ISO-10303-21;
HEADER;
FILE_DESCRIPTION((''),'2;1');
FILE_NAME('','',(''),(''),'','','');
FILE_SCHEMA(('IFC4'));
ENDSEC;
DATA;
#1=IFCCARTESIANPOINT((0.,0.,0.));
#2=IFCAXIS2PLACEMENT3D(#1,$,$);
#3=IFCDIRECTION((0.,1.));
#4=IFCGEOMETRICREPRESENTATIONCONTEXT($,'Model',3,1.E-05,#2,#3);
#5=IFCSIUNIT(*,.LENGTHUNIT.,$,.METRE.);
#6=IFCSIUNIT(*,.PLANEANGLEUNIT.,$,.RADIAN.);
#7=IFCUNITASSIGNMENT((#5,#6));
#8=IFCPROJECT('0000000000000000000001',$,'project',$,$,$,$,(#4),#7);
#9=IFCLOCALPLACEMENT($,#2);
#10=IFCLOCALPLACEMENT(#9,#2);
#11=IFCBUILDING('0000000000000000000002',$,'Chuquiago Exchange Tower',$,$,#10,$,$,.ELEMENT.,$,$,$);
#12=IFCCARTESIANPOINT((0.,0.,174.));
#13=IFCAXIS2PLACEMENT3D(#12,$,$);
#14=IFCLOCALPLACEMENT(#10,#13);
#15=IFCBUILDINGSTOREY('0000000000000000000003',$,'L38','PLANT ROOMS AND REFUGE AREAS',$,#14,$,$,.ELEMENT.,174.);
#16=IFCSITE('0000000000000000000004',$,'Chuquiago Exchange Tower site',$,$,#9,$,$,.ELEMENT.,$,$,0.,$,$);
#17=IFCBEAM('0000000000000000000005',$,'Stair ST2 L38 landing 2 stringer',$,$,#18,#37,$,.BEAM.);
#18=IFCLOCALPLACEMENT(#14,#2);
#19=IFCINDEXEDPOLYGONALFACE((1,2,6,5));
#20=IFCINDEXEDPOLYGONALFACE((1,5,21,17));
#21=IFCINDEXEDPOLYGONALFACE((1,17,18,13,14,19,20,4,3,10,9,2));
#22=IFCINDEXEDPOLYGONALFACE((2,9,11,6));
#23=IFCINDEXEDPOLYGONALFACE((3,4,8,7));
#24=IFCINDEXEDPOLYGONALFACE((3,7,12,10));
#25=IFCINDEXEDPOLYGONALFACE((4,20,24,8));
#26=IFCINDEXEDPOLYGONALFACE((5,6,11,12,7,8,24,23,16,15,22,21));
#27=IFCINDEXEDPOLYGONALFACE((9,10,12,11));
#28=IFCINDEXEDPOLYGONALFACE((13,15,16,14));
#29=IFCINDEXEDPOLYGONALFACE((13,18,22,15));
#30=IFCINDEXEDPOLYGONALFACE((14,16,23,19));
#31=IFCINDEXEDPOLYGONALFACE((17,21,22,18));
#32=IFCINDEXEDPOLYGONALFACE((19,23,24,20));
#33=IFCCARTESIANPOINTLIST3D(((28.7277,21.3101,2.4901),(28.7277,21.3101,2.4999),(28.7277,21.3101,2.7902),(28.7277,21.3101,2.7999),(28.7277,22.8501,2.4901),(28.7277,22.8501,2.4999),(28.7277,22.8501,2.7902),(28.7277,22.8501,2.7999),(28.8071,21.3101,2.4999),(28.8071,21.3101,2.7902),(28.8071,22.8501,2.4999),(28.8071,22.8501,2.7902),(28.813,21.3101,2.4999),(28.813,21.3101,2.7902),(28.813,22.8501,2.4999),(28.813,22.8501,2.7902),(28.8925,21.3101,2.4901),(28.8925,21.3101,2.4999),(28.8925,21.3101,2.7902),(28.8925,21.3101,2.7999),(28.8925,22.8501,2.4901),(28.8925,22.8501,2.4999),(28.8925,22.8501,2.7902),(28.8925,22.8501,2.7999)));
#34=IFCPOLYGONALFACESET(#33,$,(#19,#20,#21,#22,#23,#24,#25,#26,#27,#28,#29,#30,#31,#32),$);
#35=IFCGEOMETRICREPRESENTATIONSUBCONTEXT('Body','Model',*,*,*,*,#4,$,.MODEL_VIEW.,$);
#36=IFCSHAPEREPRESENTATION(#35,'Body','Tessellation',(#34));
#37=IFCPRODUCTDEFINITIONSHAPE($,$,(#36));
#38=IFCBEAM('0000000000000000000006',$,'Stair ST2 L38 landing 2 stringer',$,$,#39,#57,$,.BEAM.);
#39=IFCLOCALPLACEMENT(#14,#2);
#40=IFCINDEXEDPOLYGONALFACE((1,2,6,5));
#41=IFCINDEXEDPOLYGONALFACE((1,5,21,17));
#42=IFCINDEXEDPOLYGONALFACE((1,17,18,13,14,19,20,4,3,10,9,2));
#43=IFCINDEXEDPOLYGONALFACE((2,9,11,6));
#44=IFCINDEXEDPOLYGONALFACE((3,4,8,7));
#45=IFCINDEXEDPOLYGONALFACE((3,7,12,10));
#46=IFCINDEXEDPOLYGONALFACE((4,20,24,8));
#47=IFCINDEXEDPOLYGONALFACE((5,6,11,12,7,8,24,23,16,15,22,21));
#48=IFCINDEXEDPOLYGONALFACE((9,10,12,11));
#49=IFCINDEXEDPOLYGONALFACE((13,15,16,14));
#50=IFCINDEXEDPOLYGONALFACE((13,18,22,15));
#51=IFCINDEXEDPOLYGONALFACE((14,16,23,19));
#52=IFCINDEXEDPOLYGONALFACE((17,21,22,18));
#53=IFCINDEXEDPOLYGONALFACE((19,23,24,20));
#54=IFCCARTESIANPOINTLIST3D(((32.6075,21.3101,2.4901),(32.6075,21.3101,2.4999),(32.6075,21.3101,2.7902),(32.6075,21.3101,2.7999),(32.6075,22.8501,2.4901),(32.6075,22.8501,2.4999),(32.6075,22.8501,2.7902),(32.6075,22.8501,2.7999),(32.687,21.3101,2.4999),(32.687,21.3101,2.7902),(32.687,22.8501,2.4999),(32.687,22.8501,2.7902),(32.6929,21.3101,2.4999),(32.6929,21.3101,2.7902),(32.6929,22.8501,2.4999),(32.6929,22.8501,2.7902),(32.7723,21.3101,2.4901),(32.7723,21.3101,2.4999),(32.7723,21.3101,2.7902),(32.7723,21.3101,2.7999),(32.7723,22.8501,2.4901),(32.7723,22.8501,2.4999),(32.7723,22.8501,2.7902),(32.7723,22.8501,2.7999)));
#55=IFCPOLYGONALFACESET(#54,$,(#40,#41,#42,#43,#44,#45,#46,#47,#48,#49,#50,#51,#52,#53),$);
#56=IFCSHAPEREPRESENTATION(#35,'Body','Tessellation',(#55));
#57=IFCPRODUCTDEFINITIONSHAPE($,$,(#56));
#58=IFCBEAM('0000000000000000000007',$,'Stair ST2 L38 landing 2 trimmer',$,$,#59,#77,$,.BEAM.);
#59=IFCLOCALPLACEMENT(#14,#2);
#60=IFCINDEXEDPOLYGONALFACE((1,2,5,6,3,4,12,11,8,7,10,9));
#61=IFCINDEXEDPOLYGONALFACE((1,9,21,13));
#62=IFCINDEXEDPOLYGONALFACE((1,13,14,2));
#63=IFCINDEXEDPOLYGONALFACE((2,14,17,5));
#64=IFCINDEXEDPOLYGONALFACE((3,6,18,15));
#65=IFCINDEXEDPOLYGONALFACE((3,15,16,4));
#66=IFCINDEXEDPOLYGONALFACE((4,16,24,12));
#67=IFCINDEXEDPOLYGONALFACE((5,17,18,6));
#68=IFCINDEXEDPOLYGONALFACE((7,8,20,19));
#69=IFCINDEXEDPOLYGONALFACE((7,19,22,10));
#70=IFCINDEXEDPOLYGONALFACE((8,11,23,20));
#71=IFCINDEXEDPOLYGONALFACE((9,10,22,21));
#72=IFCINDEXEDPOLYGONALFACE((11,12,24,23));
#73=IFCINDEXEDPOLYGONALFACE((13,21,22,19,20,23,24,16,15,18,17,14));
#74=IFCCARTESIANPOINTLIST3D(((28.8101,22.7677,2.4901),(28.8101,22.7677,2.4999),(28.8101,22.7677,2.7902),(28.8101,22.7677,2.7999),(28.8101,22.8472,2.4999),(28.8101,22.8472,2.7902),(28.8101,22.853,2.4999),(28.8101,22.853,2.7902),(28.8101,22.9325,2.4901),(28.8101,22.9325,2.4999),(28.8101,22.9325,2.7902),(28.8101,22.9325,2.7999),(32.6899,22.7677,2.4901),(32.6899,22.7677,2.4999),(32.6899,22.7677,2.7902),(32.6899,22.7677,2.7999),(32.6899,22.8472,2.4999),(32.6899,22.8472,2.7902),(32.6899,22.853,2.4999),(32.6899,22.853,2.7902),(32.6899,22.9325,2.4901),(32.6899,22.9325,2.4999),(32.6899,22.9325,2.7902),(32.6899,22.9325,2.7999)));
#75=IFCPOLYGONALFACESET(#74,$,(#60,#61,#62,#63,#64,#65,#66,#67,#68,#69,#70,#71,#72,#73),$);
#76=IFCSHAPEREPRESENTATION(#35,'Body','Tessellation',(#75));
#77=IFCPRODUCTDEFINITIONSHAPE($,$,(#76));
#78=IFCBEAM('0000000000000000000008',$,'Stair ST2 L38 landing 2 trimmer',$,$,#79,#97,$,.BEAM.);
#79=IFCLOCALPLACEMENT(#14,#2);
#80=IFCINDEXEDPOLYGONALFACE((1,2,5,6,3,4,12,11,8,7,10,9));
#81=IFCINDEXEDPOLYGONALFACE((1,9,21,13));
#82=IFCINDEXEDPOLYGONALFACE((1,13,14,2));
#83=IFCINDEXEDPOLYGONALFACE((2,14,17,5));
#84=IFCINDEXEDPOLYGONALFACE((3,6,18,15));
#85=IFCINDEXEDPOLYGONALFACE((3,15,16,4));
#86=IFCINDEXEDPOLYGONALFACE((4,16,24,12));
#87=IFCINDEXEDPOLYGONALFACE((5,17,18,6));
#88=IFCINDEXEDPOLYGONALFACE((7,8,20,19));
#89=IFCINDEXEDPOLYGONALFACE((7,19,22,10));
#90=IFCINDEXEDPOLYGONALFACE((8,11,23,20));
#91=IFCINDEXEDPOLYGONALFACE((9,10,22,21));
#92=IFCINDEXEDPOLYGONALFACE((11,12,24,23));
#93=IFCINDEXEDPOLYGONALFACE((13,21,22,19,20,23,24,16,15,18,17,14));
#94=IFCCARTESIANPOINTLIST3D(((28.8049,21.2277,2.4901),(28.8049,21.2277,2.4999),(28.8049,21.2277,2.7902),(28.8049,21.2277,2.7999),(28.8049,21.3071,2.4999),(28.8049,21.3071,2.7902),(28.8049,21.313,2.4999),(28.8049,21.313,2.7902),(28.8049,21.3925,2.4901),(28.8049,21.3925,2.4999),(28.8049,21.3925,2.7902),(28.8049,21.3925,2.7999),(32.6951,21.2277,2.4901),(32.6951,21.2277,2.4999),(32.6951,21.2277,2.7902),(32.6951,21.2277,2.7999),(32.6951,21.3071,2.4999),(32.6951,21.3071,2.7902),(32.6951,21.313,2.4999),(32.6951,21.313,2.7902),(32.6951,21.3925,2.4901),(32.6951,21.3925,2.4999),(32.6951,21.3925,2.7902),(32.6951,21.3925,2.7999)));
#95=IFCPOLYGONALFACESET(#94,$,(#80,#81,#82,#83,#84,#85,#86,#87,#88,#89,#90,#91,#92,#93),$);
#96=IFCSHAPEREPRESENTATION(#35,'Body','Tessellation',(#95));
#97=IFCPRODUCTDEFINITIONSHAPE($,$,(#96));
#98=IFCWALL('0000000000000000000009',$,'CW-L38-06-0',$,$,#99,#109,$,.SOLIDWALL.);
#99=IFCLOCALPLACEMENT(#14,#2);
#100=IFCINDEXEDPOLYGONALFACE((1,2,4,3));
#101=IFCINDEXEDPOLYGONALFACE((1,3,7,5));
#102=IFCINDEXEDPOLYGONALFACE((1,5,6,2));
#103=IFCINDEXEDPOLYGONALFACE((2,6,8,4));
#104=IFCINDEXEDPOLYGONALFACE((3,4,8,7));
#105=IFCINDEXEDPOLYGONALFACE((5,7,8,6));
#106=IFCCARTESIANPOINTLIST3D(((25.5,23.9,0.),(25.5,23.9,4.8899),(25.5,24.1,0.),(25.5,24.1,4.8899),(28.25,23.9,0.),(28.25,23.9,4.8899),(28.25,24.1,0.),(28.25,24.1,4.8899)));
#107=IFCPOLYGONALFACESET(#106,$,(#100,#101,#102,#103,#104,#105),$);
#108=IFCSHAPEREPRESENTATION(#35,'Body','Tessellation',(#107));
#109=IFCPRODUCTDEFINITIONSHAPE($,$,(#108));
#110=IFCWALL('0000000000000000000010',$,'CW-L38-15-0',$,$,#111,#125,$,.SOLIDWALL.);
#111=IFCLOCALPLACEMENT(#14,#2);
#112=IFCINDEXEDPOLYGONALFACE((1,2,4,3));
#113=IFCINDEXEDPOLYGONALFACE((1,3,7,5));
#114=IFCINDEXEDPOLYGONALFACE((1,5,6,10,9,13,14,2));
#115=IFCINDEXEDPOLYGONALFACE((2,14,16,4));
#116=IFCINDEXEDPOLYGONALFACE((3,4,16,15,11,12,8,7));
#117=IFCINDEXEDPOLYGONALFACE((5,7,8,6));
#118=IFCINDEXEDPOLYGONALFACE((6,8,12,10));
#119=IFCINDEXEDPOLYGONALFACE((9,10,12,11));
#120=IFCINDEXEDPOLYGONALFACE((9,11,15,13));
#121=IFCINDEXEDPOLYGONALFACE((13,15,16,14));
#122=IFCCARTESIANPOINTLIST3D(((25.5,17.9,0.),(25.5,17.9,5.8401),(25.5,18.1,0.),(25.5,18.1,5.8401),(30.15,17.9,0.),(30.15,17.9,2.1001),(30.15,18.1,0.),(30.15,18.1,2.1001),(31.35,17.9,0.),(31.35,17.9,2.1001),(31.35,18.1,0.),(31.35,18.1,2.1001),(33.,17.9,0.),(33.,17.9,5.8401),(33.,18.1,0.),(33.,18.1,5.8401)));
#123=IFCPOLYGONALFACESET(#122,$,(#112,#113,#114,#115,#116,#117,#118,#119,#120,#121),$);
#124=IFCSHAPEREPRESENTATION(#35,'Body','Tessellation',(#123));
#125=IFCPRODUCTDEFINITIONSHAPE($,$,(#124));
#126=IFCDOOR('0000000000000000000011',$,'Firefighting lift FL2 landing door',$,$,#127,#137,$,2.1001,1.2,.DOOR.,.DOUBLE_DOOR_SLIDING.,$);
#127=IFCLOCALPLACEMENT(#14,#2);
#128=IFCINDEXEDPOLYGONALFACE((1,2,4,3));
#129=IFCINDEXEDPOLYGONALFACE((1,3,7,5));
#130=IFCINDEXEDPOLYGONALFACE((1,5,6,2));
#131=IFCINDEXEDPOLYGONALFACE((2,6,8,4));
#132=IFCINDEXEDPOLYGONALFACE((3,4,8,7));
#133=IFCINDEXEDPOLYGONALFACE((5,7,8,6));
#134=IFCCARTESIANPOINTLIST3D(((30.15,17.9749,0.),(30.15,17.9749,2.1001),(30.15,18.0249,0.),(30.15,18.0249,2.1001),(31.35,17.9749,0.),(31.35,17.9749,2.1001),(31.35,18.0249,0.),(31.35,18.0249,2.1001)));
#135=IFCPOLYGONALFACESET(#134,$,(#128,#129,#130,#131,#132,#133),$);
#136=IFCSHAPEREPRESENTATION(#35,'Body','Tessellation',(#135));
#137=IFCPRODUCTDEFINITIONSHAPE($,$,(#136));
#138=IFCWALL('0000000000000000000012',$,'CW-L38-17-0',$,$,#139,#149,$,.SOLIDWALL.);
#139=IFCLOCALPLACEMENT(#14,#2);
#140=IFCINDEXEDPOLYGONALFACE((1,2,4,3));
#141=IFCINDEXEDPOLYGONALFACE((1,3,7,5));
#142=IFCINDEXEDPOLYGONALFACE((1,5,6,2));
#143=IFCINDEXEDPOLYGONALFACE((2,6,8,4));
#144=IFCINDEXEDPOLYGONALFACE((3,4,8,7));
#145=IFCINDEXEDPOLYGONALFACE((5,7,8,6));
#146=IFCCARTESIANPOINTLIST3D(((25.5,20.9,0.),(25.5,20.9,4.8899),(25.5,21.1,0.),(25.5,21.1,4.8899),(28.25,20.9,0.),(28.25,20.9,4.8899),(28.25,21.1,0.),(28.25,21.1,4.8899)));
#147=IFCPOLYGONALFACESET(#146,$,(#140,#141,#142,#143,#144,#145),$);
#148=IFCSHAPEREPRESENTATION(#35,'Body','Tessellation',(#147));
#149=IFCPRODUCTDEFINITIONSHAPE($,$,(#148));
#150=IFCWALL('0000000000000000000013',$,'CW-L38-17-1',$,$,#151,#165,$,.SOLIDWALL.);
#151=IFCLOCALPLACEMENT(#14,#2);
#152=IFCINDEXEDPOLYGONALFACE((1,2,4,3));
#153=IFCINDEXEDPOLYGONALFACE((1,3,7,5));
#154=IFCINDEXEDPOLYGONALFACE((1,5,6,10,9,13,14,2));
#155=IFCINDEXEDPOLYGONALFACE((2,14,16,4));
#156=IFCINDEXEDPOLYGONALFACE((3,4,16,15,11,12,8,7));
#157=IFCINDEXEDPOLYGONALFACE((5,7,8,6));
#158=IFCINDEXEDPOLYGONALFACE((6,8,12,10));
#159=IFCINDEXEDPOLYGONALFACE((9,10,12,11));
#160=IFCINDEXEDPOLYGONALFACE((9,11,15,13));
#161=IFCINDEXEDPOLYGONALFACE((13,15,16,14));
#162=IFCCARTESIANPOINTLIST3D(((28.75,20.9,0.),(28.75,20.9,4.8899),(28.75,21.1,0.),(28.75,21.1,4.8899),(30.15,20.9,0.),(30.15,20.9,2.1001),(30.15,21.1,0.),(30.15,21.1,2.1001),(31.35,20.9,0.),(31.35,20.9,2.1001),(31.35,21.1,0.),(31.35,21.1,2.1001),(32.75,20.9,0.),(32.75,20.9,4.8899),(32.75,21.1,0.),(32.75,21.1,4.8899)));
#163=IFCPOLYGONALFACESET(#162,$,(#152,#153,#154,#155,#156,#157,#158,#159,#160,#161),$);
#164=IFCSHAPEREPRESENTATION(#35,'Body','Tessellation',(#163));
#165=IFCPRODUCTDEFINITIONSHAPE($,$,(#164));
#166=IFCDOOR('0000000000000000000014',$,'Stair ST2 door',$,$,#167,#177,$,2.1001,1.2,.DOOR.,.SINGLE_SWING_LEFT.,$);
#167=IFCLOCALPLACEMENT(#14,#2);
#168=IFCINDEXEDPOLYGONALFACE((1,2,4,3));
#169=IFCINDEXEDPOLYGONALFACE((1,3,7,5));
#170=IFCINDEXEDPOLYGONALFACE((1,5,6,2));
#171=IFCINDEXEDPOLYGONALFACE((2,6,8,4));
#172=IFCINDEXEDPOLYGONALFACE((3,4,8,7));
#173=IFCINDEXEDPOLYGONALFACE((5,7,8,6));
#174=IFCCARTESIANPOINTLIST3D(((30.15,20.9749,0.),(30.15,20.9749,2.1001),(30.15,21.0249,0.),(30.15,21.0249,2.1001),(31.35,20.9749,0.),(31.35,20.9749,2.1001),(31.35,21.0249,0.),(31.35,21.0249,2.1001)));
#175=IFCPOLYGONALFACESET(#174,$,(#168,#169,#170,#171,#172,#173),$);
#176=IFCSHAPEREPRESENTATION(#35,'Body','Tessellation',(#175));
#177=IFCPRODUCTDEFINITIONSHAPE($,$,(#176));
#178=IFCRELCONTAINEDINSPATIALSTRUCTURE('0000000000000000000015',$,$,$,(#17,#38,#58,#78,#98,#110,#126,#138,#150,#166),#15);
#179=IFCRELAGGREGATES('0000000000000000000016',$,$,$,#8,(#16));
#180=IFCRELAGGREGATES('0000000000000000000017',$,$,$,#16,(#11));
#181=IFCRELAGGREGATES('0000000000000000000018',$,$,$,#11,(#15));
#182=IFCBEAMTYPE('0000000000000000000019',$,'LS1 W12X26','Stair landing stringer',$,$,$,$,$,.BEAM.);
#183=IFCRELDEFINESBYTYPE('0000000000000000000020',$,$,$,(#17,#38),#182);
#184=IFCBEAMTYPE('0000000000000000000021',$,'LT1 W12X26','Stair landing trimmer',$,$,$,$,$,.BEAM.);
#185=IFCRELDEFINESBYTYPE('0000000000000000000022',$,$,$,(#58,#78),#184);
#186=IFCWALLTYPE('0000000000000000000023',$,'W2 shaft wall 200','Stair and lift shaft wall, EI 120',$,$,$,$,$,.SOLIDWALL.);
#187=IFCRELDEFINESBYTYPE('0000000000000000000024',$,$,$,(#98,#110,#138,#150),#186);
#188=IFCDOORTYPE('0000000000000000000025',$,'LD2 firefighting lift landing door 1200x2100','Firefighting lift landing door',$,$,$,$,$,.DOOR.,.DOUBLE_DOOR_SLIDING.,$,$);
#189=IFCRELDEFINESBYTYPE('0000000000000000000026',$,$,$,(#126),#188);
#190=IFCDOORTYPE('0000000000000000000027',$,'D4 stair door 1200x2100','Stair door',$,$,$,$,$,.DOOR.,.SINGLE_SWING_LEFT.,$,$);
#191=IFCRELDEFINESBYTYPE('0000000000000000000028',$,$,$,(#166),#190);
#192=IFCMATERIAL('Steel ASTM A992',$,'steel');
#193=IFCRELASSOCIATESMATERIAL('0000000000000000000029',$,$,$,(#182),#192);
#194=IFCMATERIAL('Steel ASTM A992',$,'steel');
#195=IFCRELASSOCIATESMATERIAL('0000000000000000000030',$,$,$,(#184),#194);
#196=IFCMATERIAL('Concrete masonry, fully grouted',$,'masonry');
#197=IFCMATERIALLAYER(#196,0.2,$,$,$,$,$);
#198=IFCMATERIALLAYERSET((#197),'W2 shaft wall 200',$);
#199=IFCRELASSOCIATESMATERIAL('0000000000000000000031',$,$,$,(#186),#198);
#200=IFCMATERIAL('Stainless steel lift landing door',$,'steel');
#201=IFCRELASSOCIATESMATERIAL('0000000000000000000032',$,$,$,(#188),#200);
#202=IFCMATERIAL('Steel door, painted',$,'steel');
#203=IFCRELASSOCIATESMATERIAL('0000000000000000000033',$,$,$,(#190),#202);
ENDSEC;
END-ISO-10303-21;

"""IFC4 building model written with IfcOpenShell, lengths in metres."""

from ifc_helpers import new_model, si_unit, direction, frame, frame_2d, origin, origin_2d, place, context, subcontext, project, spatial, rectangle, i_section, extrude, material, layer, layer_set, material_profile, profile_set, type_object, element, fill, save


model = new_model("IFC4")

# Units and contexts
model_context = context("Model", 3, precision=1e-05, world=origin(), true_north=direction((0.0, 1.0)))
body_context = subcontext(model_context, "Body", "Model", "MODEL_VIEW")
ifc_project = project(units=[si_unit("LENGTHUNIT", "METRE"), si_unit("PLANEANGLEUNIT", "RADIAN")], contexts=[model_context])

# Site, building, storey
site_placement = place(None, origin())
site = spatial("IfcSite", under=ifc_project, at=site_placement, Name="Chuquiago Exchange Tower site", CompositionType="ELEMENT", RefElevation=0.0)
building_placement = place(site_placement, origin())
building = spatial("IfcBuilding", under=site, at=building_placement, Name="Chuquiago Exchange Tower", CompositionType="ELEMENT")
storey_placement = place(building_placement, frame((0.0, 0.0, 174.0)))
storey = spatial("IfcBuildingStorey", under=building, at=storey_placement, Name="L38", Description="PLANT ROOMS AND REFUGE AREAS", CompositionType="ELEMENT", Elevation=174.0)

# Beams
ifc_material_1 = material(Name="Steel ASTM A992", Category="steel")
ifc_material_profile_1 = material_profile(ifc_material_1, i_section(OverallWidth=0.1648, OverallDepth=0.3098, WebThickness=0.0059, FlangeThickness=0.0098, at=origin_2d()), Name="W12X26")
ifc_profile_set_1 = profile_set([ifc_material_profile_1], Name="Steel ASTM A992")
beam_type_1 = type_object("IfcBeamType", Name="LS1 W12X26", Description="Stair landing stringer", PredefinedType="BEAM", material=ifc_profile_set_1)
for number, where, z_axis, x_axis, name in (
    (1, (28.8101, 21.3101, 2.645), (0.0, 1.0, 0.0), (-1.0, 0.0, 0.0), "Stair ST2 L38 landing 2 stringer"),
    (2, (32.6899, 21.3101, 2.645), (0.0, 1.0, 0.0), (-1.0, 0.0, 0.0), "Stair ST2 L38 landing 2 stringer"),
):
    element("IfcBeam", number, at=place(storey_placement, frame(where, z_axis=z_axis, x_axis=x_axis)), inside=storey, type_object=beam_type_1, Name=name, PredefinedType="BEAM", context=body_context, shape_type="SweptSolid", body=[
        extrude(i_section(OverallWidth=0.1648, OverallDepth=0.3098, WebThickness=0.0059, FlangeThickness=0.0098, at=origin_2d()), origin(), (0.0, 0.0, 1.0), 1.54),
    ])
ifc_material_2 = material(Name="Steel ASTM A992", Category="steel")
ifc_material_profile_2 = material_profile(ifc_material_2, i_section(OverallWidth=0.1648, OverallDepth=0.3098, WebThickness=0.0059, FlangeThickness=0.0098, at=origin_2d()), Name="W12X26")
ifc_profile_set_2 = profile_set([ifc_material_profile_2], Name="Steel ASTM A992")
beam_type_2 = type_object("IfcBeamType", Name="LT1 W12X26", Description="Stair landing trimmer", PredefinedType="BEAM", material=ifc_profile_set_2)
beam_1_placement = place(storey_placement, frame((28.8101, 22.8501, 2.645), z_axis=(1.0, 0.0, 0.0), x_axis=(0.0, 1.0, 0.0)))
element("IfcBeam", 3, at=beam_1_placement, inside=storey, type_object=beam_type_2, Name="Stair ST2 L38 landing 2 trimmer", PredefinedType="BEAM", context=body_context, shape_type="SweptSolid", body=[
    extrude(i_section(OverallWidth=0.1648, OverallDepth=0.3098, WebThickness=0.0059, FlangeThickness=0.0098, at=origin_2d()), origin(), (0.0, 0.0, 1.0), 3.8799),
])
beam_2_placement = place(storey_placement, frame((28.8049, 21.3101, 2.645), z_axis=(1.0, 0.0, 0.0), x_axis=(0.0, 1.0, 0.0)))
element("IfcBeam", 4, at=beam_2_placement, inside=storey, type_object=beam_type_2, Name="Stair ST2 L38 landing 2 trimmer", PredefinedType="BEAM", context=body_context, shape_type="SweptSolid", body=[
    extrude(i_section(OverallWidth=0.1648, OverallDepth=0.3098, WebThickness=0.0059, FlangeThickness=0.0098, at=origin_2d()), origin(), (0.0, 0.0, 1.0), 3.8901),
])

# Wall
ifc_material_3 = material(Name="Concrete masonry, fully grouted", Category="masonry")
ifc_layer = layer(ifc_material_3, 0.2)
ifc_layer_set = layer_set([ifc_layer], Name="W2 shaft wall 200")
wall_type = type_object("IfcWallType", Name="W2 shaft wall 200", Description="Stair and lift shaft wall, EI 120", PredefinedType="SOLIDWALL", material=ifc_layer_set)
wall_1_placement = place(storey_placement, frame((25.5, 24.0, 0.0), z_axis=(0.0, 0.0, 1.0), x_axis=(1.0, 0.0, 0.0)))
element("IfcWall", 5, at=wall_1_placement, inside=storey, type_object=wall_type, Name="CW-L38-06-0", PredefinedType="SOLIDWALL", context=body_context, shape_type="SweptSolid", body=[
    extrude(rectangle(XDim=2.75, YDim=0.2, at=frame_2d((1.375, 0.0))), origin(), (0.0, 0.0, 1.0), 4.8899),
])

# Wall, opening, door
wall_2_placement = place(storey_placement, frame((25.5, 18.0, 0.0), z_axis=(0.0, 0.0, 1.0), x_axis=(1.0, 0.0, 0.0)))
wall_2 = element("IfcWall", 6, at=wall_2_placement, inside=storey, type_object=wall_type, Name="CW-L38-15-0", PredefinedType="SOLIDWALL", context=body_context, shape_type="SweptSolid", body=[
    extrude(rectangle(XDim=7.5, YDim=0.2, at=frame_2d((3.75, 0.0))), origin(), (0.0, 0.0, 1.0), 5.8401),
])
opening_1_placement = place(wall_2_placement, frame((4.6499, 0.0, 0.0)))
opening_1 = element("IfcOpeningElement", 7, at=opening_1_placement, cuts=wall_2, PredefinedType="OPENING", context=body_context, shape_type="SweptSolid", body=[
    extrude(rectangle(XDim=1.2, YDim=2.1001, at=frame_2d((0.6001, 1.05))), frame((0.0, 0.1099, 0.0), z_axis=(0.0, -1.0, 0.0), x_axis=(1.0, 0.0, 0.0)), (0.0, 0.0, 1.0), 0.22),
])
ifc_material_4 = material(Name="Stainless steel lift landing door", Category="steel")
door_type_1 = type_object("IfcDoorType", Name="LD2 firefighting lift landing door 1200x2100", Description="Firefighting lift landing door", OperationType="DOUBLE_DOOR_SLIDING", PredefinedType="DOOR", material=ifc_material_4)
door_1_placement = place(opening_1_placement, origin())
door_1 = element("IfcDoor", 8, at=door_1_placement, inside=storey, type_object=door_type_1, Name="Firefighting lift FL2 landing door", OperationType="DOUBLE_DOOR_SLIDING", OverallHeight=2.1001, OverallWidth=1.2, PredefinedType="DOOR", context=body_context, shape_type="SweptSolid", body=[
    extrude(rectangle(XDim=1.2, YDim=2.1001, at=frame_2d((0.6001, 1.05))), frame((0.0, 0.0249, 0.0), z_axis=(0.0, -1.0, 0.0), x_axis=(1.0, 0.0, 0.0)), (0.0, 0.0, 1.0), 0.05),
])
fill(opening_1, door_1)

# Wall
wall_3_placement = place(storey_placement, frame((25.5, 21.0, 0.0), z_axis=(0.0, 0.0, 1.0), x_axis=(1.0, 0.0, 0.0)))
element("IfcWall", 9, at=wall_3_placement, inside=storey, type_object=wall_type, Name="CW-L38-17-0", PredefinedType="SOLIDWALL", context=body_context, shape_type="SweptSolid", body=[
    extrude(rectangle(XDim=2.75, YDim=0.2, at=frame_2d((1.375, 0.0))), origin(), (0.0, 0.0, 1.0), 4.8899),
])

# Wall, opening, door
wall_4_placement = place(storey_placement, frame((28.75, 21.0, 0.0), z_axis=(0.0, 0.0, 1.0), x_axis=(1.0, 0.0, 0.0)))
wall_4 = element("IfcWall", 10, at=wall_4_placement, inside=storey, type_object=wall_type, Name="CW-L38-17-1", PredefinedType="SOLIDWALL", context=body_context, shape_type="SweptSolid", body=[
    extrude(rectangle(XDim=4.0, YDim=0.2, at=frame_2d((2.0, 0.0))), origin(), (0.0, 0.0, 1.0), 4.8899),
])
opening_2_placement = place(wall_4_placement, frame((1.3999, 0.0, 0.0)))
opening_2 = element("IfcOpeningElement", 11, at=opening_2_placement, cuts=wall_4, PredefinedType="OPENING", context=body_context, shape_type="SweptSolid", body=[
    extrude(rectangle(XDim=1.2, YDim=2.1001, at=frame_2d((0.6001, 1.05))), frame((0.0, 0.1099, 0.0), z_axis=(0.0, -1.0, 0.0), x_axis=(1.0, 0.0, 0.0)), (0.0, 0.0, 1.0), 0.22),
])
ifc_material_5 = material(Name="Steel door, painted", Category="steel")
door_type_2 = type_object("IfcDoorType", Name="D4 stair door 1200x2100", Description="Stair door", OperationType="SINGLE_SWING_LEFT", PredefinedType="DOOR", material=ifc_material_5)
door_2_placement = place(opening_2_placement, origin())
door_2 = element("IfcDoor", 12, at=door_2_placement, inside=storey, type_object=door_type_2, Name="Stair ST2 door", OperationType="SINGLE_SWING_LEFT", OverallHeight=2.1001, OverallWidth=1.2, PredefinedType="DOOR", context=body_context, shape_type="SweptSolid", body=[
    extrude(rectangle(XDim=1.2, YDim=2.1001, at=frame_2d((0.6001, 1.05))), frame((0.0, 0.0249, 0.0), z_axis=(0.0, -1.0, 0.0), x_axis=(1.0, 0.0, 0.0)), (0.0, 0.0, 1.0), 0.05),
])
fill(opening_2, door_2)

save(model, "model.ifc")
